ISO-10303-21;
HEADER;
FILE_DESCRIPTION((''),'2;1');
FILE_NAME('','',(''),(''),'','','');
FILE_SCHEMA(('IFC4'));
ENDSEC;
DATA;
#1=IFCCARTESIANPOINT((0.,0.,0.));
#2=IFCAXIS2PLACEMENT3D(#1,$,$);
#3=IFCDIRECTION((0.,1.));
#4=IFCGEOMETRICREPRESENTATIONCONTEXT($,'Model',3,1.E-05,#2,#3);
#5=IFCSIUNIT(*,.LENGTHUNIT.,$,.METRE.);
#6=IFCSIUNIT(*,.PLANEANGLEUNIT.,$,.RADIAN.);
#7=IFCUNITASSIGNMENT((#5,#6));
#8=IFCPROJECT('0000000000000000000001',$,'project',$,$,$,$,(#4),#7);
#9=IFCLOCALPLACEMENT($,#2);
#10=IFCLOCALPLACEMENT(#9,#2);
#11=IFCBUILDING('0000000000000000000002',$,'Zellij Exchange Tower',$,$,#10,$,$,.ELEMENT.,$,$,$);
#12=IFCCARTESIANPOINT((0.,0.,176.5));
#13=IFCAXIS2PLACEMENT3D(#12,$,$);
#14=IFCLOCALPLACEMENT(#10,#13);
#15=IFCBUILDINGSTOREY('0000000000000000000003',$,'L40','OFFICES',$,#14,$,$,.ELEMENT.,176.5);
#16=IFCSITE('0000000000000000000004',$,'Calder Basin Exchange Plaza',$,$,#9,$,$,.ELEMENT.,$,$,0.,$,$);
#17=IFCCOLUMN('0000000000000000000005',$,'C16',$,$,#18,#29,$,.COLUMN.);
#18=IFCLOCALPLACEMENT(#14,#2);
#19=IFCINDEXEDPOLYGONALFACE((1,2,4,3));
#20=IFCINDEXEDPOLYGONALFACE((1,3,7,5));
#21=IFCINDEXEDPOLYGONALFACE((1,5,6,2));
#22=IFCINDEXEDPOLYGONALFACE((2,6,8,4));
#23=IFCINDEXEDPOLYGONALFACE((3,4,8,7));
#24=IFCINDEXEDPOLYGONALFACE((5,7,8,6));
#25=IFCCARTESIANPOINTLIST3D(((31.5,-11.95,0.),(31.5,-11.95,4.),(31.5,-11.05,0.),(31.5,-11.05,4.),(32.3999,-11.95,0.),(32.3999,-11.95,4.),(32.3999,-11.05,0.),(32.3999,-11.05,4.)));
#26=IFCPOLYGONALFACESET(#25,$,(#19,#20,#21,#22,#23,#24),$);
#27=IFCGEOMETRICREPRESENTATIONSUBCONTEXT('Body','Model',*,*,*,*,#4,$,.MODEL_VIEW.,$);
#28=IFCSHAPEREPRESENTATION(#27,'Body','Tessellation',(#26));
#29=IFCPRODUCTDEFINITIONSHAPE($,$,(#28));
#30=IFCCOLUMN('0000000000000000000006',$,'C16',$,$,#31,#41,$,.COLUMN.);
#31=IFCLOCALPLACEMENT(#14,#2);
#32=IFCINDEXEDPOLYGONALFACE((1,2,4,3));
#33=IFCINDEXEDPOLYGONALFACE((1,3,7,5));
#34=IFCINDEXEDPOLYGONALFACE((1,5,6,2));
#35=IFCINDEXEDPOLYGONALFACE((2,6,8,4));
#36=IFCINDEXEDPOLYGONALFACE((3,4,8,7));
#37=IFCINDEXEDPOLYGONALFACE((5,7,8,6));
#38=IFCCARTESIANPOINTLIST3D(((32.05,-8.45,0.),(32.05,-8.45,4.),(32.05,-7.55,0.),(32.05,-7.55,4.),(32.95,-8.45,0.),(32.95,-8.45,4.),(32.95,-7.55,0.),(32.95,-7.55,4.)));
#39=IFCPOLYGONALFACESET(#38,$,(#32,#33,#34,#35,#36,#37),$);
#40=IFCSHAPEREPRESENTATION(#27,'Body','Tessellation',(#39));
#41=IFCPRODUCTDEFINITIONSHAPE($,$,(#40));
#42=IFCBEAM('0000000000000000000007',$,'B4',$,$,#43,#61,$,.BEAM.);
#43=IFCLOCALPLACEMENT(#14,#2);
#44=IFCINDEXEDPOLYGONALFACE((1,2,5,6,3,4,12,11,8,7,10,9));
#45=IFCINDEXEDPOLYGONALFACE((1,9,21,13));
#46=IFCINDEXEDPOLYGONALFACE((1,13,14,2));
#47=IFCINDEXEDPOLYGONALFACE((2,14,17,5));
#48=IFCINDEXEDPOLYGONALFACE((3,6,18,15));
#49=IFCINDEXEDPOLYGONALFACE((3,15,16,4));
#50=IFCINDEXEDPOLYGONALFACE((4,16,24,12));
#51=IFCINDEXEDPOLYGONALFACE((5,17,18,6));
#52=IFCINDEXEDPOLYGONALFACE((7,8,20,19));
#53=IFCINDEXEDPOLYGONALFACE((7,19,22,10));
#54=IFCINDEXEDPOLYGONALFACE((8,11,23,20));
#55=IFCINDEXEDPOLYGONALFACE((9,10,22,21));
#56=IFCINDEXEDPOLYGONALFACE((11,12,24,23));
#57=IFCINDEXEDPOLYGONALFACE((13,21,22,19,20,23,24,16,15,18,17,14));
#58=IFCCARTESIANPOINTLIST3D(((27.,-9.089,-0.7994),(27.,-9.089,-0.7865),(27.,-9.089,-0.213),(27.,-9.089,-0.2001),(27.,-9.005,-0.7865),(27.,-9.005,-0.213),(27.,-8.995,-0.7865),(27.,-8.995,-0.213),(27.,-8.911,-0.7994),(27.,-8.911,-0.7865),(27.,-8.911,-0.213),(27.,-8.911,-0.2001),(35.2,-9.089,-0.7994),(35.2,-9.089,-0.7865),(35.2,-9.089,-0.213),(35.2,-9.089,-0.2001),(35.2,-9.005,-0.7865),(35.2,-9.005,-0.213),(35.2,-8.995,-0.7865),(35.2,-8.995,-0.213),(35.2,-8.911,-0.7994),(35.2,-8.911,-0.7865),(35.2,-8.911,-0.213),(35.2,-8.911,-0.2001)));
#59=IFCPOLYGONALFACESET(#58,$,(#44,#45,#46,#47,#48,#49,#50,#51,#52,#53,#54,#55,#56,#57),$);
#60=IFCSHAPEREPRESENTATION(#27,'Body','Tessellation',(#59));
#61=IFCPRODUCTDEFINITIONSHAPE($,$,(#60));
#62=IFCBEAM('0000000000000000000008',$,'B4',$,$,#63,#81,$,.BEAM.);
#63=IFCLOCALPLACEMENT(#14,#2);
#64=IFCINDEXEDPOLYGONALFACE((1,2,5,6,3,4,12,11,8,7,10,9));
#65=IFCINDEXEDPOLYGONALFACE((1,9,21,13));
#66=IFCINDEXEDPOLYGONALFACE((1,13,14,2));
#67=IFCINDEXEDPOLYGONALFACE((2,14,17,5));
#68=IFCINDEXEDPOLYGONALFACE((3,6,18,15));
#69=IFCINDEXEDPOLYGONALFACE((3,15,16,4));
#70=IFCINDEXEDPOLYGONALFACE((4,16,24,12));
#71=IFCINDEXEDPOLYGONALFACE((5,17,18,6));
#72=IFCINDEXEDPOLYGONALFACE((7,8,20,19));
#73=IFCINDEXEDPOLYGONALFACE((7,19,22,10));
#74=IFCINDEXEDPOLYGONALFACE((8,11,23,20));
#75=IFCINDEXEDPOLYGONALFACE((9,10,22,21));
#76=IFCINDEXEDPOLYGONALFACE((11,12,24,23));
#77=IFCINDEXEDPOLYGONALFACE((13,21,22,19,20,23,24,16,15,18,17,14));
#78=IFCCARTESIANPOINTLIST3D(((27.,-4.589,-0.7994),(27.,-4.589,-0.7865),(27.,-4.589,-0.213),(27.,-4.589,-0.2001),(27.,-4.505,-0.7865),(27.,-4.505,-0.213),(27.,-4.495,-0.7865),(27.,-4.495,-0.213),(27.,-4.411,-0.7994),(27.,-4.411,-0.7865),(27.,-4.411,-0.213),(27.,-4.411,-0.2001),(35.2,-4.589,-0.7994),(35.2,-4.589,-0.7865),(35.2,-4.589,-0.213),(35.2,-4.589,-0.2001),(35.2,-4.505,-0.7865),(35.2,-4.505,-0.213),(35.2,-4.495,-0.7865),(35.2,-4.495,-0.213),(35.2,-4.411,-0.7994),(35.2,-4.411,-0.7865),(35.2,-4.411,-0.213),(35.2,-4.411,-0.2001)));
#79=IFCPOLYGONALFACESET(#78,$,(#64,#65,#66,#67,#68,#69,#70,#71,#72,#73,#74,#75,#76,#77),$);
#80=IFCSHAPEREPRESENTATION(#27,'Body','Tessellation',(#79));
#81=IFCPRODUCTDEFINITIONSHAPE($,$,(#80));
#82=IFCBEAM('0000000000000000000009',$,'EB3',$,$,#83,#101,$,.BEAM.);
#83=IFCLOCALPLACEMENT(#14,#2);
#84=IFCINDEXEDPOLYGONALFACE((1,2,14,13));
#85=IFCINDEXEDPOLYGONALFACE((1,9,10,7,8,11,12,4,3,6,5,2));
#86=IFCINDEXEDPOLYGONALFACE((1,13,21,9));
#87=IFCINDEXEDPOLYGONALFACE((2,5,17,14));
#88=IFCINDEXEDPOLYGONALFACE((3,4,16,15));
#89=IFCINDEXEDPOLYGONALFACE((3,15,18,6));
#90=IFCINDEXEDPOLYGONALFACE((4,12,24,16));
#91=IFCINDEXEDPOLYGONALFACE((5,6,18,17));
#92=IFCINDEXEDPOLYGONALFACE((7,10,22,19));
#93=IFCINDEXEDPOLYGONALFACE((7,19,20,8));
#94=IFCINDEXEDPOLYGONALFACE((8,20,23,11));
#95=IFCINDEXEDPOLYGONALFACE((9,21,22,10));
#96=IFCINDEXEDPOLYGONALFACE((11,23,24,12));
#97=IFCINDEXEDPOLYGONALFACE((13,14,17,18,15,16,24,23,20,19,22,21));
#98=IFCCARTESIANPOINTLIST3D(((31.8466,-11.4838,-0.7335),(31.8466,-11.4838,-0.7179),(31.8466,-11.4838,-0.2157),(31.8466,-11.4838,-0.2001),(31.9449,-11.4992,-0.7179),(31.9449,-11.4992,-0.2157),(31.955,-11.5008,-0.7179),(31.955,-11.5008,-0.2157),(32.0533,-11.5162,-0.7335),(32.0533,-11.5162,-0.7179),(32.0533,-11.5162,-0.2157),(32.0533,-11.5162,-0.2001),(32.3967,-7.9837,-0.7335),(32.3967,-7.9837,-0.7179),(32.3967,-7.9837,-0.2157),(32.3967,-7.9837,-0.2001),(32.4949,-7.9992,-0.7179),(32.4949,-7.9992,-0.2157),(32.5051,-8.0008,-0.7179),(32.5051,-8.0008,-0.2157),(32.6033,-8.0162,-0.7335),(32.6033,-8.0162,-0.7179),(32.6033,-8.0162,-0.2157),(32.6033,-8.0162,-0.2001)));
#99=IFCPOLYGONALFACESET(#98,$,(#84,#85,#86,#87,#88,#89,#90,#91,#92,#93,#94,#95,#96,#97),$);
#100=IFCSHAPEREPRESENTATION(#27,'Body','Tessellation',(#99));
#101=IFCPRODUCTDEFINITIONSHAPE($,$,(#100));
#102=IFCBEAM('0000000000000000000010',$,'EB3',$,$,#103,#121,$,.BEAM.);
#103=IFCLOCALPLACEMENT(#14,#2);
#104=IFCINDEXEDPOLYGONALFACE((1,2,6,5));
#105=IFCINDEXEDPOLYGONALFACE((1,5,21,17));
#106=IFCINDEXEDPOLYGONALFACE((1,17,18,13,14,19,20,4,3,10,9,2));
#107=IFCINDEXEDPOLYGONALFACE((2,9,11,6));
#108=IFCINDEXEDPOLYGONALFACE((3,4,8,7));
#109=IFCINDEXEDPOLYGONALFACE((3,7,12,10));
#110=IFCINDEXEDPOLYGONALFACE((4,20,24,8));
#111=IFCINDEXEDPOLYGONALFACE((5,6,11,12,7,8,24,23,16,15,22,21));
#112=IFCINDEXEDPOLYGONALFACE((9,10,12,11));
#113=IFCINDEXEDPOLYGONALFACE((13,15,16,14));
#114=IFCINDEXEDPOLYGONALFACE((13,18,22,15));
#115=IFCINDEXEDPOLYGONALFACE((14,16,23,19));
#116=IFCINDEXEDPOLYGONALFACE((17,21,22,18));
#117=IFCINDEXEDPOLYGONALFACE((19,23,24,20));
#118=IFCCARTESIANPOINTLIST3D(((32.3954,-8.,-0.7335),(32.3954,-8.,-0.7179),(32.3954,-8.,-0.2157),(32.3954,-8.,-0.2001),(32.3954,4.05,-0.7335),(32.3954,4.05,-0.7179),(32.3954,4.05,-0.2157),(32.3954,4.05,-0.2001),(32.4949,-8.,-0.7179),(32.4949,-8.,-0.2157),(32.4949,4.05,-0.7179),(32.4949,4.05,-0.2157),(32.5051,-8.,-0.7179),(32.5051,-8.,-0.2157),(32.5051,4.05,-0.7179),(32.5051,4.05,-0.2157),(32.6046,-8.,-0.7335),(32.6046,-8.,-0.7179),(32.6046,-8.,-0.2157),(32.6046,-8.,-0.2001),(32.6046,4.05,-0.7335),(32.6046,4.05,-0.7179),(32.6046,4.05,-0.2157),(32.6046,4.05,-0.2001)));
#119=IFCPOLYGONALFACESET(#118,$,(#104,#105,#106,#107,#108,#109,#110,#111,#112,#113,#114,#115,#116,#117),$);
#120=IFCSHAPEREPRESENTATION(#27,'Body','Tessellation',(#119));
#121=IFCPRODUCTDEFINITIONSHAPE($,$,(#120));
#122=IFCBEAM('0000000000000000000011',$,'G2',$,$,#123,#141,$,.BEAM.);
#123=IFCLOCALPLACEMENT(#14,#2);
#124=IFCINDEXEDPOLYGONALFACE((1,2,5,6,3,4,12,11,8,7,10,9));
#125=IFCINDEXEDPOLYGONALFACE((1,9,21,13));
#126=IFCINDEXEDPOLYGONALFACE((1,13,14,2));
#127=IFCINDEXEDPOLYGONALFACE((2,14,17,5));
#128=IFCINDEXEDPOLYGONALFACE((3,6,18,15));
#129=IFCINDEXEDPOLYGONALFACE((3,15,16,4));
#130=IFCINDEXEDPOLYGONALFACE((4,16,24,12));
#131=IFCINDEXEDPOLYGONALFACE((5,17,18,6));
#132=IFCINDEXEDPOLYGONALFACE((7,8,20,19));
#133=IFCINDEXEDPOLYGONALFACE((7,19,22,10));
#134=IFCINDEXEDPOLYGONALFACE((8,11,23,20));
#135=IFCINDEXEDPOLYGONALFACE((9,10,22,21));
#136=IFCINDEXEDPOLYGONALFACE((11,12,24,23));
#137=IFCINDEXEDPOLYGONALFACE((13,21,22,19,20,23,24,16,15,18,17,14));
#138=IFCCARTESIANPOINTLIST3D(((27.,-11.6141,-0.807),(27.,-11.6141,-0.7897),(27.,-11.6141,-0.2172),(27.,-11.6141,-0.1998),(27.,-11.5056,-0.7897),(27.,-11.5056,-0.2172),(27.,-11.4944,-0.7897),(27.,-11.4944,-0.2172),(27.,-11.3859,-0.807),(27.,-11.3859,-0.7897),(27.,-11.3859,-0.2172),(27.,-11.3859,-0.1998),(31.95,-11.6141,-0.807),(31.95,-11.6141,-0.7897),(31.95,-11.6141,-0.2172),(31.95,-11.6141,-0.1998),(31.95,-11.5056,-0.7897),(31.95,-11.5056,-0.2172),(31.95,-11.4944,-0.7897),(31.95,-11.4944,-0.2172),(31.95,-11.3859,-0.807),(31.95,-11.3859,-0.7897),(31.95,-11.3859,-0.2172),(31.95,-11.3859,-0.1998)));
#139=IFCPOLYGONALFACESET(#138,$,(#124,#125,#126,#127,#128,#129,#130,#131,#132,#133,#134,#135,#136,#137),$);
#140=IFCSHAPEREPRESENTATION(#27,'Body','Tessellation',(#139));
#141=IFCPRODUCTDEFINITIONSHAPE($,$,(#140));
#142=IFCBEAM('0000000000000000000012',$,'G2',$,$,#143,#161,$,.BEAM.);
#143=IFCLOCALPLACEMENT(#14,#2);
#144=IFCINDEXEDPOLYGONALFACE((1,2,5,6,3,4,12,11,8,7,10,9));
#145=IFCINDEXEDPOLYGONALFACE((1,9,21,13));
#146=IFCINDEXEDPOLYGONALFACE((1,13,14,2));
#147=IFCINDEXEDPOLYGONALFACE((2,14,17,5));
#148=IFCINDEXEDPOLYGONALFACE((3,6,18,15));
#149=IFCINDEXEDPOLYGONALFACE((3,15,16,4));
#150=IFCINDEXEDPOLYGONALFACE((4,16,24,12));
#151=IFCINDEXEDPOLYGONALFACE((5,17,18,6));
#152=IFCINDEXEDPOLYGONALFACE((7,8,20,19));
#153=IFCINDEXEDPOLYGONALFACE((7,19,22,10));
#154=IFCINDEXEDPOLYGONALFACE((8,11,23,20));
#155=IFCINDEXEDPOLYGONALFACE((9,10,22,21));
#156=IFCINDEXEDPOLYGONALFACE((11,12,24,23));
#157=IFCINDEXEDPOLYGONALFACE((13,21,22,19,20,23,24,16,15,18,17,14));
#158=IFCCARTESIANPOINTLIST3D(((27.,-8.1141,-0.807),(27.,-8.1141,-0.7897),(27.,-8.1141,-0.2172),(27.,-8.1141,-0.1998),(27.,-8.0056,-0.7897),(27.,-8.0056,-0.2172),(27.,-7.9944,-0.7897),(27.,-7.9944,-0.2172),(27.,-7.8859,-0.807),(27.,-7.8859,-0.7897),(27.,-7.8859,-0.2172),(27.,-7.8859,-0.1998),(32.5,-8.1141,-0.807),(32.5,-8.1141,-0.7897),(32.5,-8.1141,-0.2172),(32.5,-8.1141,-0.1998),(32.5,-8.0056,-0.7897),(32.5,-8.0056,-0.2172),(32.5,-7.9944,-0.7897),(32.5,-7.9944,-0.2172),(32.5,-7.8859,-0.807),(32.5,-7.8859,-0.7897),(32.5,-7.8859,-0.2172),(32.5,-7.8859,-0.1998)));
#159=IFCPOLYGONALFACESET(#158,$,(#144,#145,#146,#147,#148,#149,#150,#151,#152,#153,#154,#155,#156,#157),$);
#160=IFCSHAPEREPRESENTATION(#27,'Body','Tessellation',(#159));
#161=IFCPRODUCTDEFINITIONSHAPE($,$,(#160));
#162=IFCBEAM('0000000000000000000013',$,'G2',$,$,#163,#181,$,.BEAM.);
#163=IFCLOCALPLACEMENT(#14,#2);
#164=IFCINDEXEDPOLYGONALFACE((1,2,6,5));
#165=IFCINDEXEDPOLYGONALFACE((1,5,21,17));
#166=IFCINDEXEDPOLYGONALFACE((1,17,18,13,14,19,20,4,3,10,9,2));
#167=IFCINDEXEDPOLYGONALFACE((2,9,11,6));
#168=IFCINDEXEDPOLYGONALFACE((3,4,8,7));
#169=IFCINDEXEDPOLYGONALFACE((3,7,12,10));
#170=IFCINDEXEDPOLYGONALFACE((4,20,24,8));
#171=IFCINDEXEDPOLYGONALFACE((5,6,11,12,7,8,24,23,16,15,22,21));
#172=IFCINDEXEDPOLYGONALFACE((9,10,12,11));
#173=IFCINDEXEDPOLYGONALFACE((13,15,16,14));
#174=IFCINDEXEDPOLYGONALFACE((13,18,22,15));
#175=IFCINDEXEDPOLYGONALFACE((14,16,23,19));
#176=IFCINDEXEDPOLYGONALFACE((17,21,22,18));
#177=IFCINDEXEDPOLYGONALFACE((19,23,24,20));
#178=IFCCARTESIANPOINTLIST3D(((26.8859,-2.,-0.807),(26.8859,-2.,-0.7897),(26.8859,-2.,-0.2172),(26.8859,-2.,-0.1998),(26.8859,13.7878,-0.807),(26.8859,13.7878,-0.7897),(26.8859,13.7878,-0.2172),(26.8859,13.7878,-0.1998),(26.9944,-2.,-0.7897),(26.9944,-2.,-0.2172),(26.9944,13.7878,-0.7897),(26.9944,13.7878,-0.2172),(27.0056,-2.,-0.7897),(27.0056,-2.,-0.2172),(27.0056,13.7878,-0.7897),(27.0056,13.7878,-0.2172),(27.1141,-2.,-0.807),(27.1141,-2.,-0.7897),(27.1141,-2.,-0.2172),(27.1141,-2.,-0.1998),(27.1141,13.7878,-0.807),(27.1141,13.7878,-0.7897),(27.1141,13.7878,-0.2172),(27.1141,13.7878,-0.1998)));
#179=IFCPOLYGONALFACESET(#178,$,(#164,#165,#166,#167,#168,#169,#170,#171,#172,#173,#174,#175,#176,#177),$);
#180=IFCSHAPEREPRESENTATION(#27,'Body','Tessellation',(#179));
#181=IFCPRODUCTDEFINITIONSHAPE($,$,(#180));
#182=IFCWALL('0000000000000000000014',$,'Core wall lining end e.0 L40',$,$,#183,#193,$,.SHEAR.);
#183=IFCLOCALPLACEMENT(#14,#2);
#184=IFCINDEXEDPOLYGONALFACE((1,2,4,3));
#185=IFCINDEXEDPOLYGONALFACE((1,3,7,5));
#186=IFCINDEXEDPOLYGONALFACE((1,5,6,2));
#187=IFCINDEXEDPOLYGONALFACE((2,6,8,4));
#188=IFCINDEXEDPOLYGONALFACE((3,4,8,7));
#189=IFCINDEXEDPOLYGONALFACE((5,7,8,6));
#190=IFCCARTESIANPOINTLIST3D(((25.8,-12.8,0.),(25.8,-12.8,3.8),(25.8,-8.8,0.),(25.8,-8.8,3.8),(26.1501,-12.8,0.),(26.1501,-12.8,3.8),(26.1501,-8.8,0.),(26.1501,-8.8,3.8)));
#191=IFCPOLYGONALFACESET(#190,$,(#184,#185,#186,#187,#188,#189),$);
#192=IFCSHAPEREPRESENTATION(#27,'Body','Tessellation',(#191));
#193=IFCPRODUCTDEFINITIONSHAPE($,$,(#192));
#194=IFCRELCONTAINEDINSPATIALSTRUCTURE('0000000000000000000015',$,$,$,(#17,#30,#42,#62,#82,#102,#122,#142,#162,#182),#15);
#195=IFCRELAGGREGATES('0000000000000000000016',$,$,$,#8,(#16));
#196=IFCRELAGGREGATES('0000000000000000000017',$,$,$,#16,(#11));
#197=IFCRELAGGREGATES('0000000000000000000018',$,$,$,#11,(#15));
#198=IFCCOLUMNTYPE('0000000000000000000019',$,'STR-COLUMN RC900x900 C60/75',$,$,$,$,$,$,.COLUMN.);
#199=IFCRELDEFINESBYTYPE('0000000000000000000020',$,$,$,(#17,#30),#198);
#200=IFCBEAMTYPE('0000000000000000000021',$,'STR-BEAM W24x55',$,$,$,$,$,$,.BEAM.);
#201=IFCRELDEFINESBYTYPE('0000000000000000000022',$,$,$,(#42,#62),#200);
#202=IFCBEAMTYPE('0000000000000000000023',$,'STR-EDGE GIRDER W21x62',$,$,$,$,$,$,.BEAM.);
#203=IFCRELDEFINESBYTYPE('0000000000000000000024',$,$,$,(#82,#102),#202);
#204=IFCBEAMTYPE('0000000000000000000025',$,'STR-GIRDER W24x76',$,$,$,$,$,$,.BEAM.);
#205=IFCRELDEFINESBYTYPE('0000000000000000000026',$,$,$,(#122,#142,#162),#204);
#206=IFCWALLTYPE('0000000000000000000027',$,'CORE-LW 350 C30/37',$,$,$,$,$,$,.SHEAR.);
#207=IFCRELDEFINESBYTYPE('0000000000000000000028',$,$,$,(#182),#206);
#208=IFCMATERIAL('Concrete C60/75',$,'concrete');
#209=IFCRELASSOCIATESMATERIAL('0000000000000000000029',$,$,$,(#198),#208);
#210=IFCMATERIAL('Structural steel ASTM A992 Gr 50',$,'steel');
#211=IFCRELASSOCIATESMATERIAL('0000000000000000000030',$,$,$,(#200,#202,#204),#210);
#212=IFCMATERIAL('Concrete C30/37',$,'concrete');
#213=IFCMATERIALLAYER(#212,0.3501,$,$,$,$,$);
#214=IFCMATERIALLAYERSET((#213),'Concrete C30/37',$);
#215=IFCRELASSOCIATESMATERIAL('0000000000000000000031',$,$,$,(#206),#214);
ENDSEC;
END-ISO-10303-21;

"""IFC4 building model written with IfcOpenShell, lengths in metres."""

from ifc_helpers import new_model, si_unit, direction, frame, frame_2d, origin, origin_2d, place, context, subcontext, project, spatial, rectangle, i_section, extrude, material, layer, layer_set, material_profile, profile_set, type_object, element, save


model = new_model("IFC4")

# Units and contexts
model_context = context("Model", 3, precision=1e-05, world=origin(), true_north=direction((0.0, 1.0)))
body_context = subcontext(model_context, "Body", "Model", "MODEL_VIEW")
ifc_project = project(units=[si_unit("LENGTHUNIT", "METRE"), si_unit("PLANEANGLEUNIT", "RADIAN")], contexts=[model_context])

# Site, building, storey
site_placement = place(None, origin())
site = spatial("IfcSite", under=ifc_project, at=site_placement, Name="Calder Basin Exchange Plaza", CompositionType="ELEMENT", RefElevation=0.0)
building_placement = place(site_placement, origin())
building = spatial("IfcBuilding", under=site, at=building_placement, Name="Zellij Exchange Tower", CompositionType="ELEMENT")
storey_placement = place(building_placement, frame((0.0, 0.0, 176.5)))
storey = spatial("IfcBuildingStorey", under=building, at=storey_placement, Name="L40", Description="OFFICES", CompositionType="ELEMENT", Elevation=176.5)

# Columns
ifc_material_1 = material(Name="Concrete C60/75", Category="concrete")
ifc_material_profile_1 = material_profile(ifc_material_1, rectangle(XDim=0.8999, YDim=0.8999, at=origin_2d()), Name="STR-COLUMN RC900x900 C60/75")
ifc_profile_set_1 = profile_set([ifc_material_profile_1], Name="Concrete C60/75")
column_type = type_object("IfcColumnType", Name="STR-COLUMN RC900x900 C60/75", PredefinedType="COLUMN", material=ifc_profile_set_1)
for number, where, z_axis, x_axis, name in (
    (1, (31.95, -11.5, 0.0), (0.0, 0.0, 1.0), (1.0, 0.0, 0.0), "C16"),
    (2, (32.5, -8.0, 0.0), (0.0, 0.0, 1.0), (1.0, 0.0, 0.0), "C16"),
):
    element("IfcColumn", number, at=place(storey_placement, frame(where, z_axis=z_axis, x_axis=x_axis)), inside=storey, type_object=column_type, Name=name, PredefinedType="COLUMN", context=body_context, shape_type="SweptSolid", body=[
        extrude(rectangle(XDim=0.8999, YDim=0.8999, at=origin_2d()), origin(), (0.0, 0.0, 1.0), 4.0),
    ])

# Beams
ifc_material_2 = material(Name="Structural steel ASTM A992 Gr 50", Category="steel")
ifc_material_profile_2 = material_profile(ifc_material_2, i_section(OverallWidth=0.178, OverallDepth=0.5994, WebThickness=0.01, FlangeThickness=0.0129, at=origin_2d()), Name="W24x55")
ifc_profile_set_2 = profile_set([ifc_material_profile_2], Name="Structural steel ASTM A992 Gr 50")
beam_type_1 = type_object("IfcBeamType", Name="STR-BEAM W24x55", PredefinedType="BEAM", material=ifc_profile_set_2)
for number, where, z_axis, x_axis, name in (
    (3, (27.0, -9.0, -0.4998), (1.0, 0.0, 0.0), (0.0, 1.0, 0.0), "B4"),
    (4, (27.0, -4.5, -0.4998), (1.0, 0.0, 0.0), (0.0, 1.0, 0.0), "B4"),
):
    element("IfcBeam", number, at=place(storey_placement, frame(where, z_axis=z_axis, x_axis=x_axis)), inside=storey, type_object=beam_type_1, Name=name, PredefinedType="BEAM", context=body_context, shape_type="SweptSolid", body=[
        extrude(i_section(OverallWidth=0.178, OverallDepth=0.5994, WebThickness=0.01, FlangeThickness=0.0129, at=origin_2d()), origin(), (0.0, 0.0, 1.0), 8.2),
    ])
ifc_material_profile_3 = material_profile(ifc_material_2, i_section(OverallWidth=0.2092, OverallDepth=0.5334, WebThickness=0.0103, FlangeThickness=0.0156, at=origin_2d()), Name="W21x62")
ifc_profile_set_3 = profile_set([ifc_material_profile_3], Name="Structural steel ASTM A992 Gr 50")
beam_type_2 = type_object("IfcBeamType", Name="STR-EDGE GIRDER W21x62", PredefinedType="BEAM", material=ifc_profile_set_3)
beam_1_placement = place(storey_placement, frame((31.95, -11.5, -0.4668), z_axis=(0.155251, 0.987875, 0.0), x_axis=(-0.987875, 0.155251, 0.0)))
element("IfcBeam", 5, at=beam_1_placement, inside=storey, type_object=beam_type_2, Name="EB3", PredefinedType="BEAM", context=body_context, shape_type="SweptSolid", body=[
    extrude(i_section(OverallWidth=0.2092, OverallDepth=0.5334, WebThickness=0.0103, FlangeThickness=0.0156, at=origin_2d()), origin(), (0.0, 0.0, 1.0), 3.543),
])
beam_2_placement = place(storey_placement, frame((32.5, -8.0, -0.4668), z_axis=(0.0, 1.0, 0.0), x_axis=(-1.0, 0.0, 0.0)))
element("IfcBeam", 6, at=beam_2_placement, inside=storey, type_object=beam_type_2, Name="EB3", PredefinedType="BEAM", context=body_context, shape_type="SweptSolid", body=[
    extrude(i_section(OverallWidth=0.2092, OverallDepth=0.5334, WebThickness=0.0103, FlangeThickness=0.0156, at=origin_2d()), origin(), (0.0, 0.0, 1.0), 12.05),
])
ifc_material_profile_4 = material_profile(ifc_material_2, i_section(OverallWidth=0.2283, OverallDepth=0.6072, WebThickness=0.0112, FlangeThickness=0.0173, at=origin_2d()), Name="W24x76")
ifc_profile_set_4 = profile_set([ifc_material_profile_4], Name="Structural steel ASTM A992 Gr 50")
beam_type_3 = type_object("IfcBeamType", Name="STR-GIRDER W24x76", PredefinedType="BEAM", material=ifc_profile_set_4)
beam_3_placement = place(storey_placement, frame((27.0, -11.5, -0.5034), z_axis=(1.0, 0.0, 0.0), x_axis=(0.0, 1.0, 0.0)))
element("IfcBeam", 7, at=beam_3_placement, inside=storey, type_object=beam_type_3, Name="G2", PredefinedType="BEAM", context=body_context, shape_type="SweptSolid", body=[
    extrude(i_section(OverallWidth=0.2283, OverallDepth=0.6072, WebThickness=0.0112, FlangeThickness=0.0173, at=origin_2d()), origin(), (0.0, 0.0, 1.0), 4.95),
])
beam_4_placement = place(storey_placement, frame((27.0, -8.0, -0.5034), z_axis=(1.0, 0.0, 0.0), x_axis=(0.0, 1.0, 0.0)))
element("IfcBeam", 8, at=beam_4_placement, inside=storey, type_object=beam_type_3, Name="G2", PredefinedType="BEAM", context=body_context, shape_type="SweptSolid", body=[
    extrude(i_section(OverallWidth=0.2283, OverallDepth=0.6072, WebThickness=0.0112, FlangeThickness=0.0173, at=origin_2d()), origin(), (0.0, 0.0, 1.0), 5.5),
])
beam_5_placement = place(storey_placement, frame((27.0, -2.0, -0.5034), z_axis=(0.0, 1.0, 0.0), x_axis=(-1.0, 0.0, 0.0)))
element("IfcBeam", 9, at=beam_5_placement, inside=storey, type_object=beam_type_3, Name="G2", PredefinedType="BEAM", context=body_context, shape_type="SweptSolid", body=[
    extrude(i_section(OverallWidth=0.2283, OverallDepth=0.6072, WebThickness=0.0112, FlangeThickness=0.0173, at=origin_2d()), origin(), (0.0, 0.0, 1.0), 15.7878),
])

# Wall
ifc_material_3 = material(Name="Concrete C30/37", Category="concrete")
ifc_layer_1 = layer(ifc_material_3, 0.3501)
ifc_layer_set_1 = layer_set([ifc_layer_1], Name="Concrete C30/37")
wall_type_1 = type_object("IfcWallType", Name="CORE-LW 350 C30/37", PredefinedType="SHEAR", material=ifc_layer_set_1)
wall_1_placement = place(storey_placement, frame((25.9751, -12.8, 0.0), z_axis=(0.0, 0.0, 1.0), x_axis=(0.0, 1.0, 0.0)))
element("IfcWall", 10, at=wall_1_placement, inside=storey, type_object=wall_type_1, Name="Core wall lining end e.0 L40", PredefinedType="SHEAR", context=body_context, shape_type="SweptSolid", body=[
    extrude(rectangle(XDim=4.0, YDim=0.3501, at=frame_2d((2.0, 0.0))), origin(), (0.0, 0.0, 1.0), 3.8),
])

save(model, "model.ifc")
